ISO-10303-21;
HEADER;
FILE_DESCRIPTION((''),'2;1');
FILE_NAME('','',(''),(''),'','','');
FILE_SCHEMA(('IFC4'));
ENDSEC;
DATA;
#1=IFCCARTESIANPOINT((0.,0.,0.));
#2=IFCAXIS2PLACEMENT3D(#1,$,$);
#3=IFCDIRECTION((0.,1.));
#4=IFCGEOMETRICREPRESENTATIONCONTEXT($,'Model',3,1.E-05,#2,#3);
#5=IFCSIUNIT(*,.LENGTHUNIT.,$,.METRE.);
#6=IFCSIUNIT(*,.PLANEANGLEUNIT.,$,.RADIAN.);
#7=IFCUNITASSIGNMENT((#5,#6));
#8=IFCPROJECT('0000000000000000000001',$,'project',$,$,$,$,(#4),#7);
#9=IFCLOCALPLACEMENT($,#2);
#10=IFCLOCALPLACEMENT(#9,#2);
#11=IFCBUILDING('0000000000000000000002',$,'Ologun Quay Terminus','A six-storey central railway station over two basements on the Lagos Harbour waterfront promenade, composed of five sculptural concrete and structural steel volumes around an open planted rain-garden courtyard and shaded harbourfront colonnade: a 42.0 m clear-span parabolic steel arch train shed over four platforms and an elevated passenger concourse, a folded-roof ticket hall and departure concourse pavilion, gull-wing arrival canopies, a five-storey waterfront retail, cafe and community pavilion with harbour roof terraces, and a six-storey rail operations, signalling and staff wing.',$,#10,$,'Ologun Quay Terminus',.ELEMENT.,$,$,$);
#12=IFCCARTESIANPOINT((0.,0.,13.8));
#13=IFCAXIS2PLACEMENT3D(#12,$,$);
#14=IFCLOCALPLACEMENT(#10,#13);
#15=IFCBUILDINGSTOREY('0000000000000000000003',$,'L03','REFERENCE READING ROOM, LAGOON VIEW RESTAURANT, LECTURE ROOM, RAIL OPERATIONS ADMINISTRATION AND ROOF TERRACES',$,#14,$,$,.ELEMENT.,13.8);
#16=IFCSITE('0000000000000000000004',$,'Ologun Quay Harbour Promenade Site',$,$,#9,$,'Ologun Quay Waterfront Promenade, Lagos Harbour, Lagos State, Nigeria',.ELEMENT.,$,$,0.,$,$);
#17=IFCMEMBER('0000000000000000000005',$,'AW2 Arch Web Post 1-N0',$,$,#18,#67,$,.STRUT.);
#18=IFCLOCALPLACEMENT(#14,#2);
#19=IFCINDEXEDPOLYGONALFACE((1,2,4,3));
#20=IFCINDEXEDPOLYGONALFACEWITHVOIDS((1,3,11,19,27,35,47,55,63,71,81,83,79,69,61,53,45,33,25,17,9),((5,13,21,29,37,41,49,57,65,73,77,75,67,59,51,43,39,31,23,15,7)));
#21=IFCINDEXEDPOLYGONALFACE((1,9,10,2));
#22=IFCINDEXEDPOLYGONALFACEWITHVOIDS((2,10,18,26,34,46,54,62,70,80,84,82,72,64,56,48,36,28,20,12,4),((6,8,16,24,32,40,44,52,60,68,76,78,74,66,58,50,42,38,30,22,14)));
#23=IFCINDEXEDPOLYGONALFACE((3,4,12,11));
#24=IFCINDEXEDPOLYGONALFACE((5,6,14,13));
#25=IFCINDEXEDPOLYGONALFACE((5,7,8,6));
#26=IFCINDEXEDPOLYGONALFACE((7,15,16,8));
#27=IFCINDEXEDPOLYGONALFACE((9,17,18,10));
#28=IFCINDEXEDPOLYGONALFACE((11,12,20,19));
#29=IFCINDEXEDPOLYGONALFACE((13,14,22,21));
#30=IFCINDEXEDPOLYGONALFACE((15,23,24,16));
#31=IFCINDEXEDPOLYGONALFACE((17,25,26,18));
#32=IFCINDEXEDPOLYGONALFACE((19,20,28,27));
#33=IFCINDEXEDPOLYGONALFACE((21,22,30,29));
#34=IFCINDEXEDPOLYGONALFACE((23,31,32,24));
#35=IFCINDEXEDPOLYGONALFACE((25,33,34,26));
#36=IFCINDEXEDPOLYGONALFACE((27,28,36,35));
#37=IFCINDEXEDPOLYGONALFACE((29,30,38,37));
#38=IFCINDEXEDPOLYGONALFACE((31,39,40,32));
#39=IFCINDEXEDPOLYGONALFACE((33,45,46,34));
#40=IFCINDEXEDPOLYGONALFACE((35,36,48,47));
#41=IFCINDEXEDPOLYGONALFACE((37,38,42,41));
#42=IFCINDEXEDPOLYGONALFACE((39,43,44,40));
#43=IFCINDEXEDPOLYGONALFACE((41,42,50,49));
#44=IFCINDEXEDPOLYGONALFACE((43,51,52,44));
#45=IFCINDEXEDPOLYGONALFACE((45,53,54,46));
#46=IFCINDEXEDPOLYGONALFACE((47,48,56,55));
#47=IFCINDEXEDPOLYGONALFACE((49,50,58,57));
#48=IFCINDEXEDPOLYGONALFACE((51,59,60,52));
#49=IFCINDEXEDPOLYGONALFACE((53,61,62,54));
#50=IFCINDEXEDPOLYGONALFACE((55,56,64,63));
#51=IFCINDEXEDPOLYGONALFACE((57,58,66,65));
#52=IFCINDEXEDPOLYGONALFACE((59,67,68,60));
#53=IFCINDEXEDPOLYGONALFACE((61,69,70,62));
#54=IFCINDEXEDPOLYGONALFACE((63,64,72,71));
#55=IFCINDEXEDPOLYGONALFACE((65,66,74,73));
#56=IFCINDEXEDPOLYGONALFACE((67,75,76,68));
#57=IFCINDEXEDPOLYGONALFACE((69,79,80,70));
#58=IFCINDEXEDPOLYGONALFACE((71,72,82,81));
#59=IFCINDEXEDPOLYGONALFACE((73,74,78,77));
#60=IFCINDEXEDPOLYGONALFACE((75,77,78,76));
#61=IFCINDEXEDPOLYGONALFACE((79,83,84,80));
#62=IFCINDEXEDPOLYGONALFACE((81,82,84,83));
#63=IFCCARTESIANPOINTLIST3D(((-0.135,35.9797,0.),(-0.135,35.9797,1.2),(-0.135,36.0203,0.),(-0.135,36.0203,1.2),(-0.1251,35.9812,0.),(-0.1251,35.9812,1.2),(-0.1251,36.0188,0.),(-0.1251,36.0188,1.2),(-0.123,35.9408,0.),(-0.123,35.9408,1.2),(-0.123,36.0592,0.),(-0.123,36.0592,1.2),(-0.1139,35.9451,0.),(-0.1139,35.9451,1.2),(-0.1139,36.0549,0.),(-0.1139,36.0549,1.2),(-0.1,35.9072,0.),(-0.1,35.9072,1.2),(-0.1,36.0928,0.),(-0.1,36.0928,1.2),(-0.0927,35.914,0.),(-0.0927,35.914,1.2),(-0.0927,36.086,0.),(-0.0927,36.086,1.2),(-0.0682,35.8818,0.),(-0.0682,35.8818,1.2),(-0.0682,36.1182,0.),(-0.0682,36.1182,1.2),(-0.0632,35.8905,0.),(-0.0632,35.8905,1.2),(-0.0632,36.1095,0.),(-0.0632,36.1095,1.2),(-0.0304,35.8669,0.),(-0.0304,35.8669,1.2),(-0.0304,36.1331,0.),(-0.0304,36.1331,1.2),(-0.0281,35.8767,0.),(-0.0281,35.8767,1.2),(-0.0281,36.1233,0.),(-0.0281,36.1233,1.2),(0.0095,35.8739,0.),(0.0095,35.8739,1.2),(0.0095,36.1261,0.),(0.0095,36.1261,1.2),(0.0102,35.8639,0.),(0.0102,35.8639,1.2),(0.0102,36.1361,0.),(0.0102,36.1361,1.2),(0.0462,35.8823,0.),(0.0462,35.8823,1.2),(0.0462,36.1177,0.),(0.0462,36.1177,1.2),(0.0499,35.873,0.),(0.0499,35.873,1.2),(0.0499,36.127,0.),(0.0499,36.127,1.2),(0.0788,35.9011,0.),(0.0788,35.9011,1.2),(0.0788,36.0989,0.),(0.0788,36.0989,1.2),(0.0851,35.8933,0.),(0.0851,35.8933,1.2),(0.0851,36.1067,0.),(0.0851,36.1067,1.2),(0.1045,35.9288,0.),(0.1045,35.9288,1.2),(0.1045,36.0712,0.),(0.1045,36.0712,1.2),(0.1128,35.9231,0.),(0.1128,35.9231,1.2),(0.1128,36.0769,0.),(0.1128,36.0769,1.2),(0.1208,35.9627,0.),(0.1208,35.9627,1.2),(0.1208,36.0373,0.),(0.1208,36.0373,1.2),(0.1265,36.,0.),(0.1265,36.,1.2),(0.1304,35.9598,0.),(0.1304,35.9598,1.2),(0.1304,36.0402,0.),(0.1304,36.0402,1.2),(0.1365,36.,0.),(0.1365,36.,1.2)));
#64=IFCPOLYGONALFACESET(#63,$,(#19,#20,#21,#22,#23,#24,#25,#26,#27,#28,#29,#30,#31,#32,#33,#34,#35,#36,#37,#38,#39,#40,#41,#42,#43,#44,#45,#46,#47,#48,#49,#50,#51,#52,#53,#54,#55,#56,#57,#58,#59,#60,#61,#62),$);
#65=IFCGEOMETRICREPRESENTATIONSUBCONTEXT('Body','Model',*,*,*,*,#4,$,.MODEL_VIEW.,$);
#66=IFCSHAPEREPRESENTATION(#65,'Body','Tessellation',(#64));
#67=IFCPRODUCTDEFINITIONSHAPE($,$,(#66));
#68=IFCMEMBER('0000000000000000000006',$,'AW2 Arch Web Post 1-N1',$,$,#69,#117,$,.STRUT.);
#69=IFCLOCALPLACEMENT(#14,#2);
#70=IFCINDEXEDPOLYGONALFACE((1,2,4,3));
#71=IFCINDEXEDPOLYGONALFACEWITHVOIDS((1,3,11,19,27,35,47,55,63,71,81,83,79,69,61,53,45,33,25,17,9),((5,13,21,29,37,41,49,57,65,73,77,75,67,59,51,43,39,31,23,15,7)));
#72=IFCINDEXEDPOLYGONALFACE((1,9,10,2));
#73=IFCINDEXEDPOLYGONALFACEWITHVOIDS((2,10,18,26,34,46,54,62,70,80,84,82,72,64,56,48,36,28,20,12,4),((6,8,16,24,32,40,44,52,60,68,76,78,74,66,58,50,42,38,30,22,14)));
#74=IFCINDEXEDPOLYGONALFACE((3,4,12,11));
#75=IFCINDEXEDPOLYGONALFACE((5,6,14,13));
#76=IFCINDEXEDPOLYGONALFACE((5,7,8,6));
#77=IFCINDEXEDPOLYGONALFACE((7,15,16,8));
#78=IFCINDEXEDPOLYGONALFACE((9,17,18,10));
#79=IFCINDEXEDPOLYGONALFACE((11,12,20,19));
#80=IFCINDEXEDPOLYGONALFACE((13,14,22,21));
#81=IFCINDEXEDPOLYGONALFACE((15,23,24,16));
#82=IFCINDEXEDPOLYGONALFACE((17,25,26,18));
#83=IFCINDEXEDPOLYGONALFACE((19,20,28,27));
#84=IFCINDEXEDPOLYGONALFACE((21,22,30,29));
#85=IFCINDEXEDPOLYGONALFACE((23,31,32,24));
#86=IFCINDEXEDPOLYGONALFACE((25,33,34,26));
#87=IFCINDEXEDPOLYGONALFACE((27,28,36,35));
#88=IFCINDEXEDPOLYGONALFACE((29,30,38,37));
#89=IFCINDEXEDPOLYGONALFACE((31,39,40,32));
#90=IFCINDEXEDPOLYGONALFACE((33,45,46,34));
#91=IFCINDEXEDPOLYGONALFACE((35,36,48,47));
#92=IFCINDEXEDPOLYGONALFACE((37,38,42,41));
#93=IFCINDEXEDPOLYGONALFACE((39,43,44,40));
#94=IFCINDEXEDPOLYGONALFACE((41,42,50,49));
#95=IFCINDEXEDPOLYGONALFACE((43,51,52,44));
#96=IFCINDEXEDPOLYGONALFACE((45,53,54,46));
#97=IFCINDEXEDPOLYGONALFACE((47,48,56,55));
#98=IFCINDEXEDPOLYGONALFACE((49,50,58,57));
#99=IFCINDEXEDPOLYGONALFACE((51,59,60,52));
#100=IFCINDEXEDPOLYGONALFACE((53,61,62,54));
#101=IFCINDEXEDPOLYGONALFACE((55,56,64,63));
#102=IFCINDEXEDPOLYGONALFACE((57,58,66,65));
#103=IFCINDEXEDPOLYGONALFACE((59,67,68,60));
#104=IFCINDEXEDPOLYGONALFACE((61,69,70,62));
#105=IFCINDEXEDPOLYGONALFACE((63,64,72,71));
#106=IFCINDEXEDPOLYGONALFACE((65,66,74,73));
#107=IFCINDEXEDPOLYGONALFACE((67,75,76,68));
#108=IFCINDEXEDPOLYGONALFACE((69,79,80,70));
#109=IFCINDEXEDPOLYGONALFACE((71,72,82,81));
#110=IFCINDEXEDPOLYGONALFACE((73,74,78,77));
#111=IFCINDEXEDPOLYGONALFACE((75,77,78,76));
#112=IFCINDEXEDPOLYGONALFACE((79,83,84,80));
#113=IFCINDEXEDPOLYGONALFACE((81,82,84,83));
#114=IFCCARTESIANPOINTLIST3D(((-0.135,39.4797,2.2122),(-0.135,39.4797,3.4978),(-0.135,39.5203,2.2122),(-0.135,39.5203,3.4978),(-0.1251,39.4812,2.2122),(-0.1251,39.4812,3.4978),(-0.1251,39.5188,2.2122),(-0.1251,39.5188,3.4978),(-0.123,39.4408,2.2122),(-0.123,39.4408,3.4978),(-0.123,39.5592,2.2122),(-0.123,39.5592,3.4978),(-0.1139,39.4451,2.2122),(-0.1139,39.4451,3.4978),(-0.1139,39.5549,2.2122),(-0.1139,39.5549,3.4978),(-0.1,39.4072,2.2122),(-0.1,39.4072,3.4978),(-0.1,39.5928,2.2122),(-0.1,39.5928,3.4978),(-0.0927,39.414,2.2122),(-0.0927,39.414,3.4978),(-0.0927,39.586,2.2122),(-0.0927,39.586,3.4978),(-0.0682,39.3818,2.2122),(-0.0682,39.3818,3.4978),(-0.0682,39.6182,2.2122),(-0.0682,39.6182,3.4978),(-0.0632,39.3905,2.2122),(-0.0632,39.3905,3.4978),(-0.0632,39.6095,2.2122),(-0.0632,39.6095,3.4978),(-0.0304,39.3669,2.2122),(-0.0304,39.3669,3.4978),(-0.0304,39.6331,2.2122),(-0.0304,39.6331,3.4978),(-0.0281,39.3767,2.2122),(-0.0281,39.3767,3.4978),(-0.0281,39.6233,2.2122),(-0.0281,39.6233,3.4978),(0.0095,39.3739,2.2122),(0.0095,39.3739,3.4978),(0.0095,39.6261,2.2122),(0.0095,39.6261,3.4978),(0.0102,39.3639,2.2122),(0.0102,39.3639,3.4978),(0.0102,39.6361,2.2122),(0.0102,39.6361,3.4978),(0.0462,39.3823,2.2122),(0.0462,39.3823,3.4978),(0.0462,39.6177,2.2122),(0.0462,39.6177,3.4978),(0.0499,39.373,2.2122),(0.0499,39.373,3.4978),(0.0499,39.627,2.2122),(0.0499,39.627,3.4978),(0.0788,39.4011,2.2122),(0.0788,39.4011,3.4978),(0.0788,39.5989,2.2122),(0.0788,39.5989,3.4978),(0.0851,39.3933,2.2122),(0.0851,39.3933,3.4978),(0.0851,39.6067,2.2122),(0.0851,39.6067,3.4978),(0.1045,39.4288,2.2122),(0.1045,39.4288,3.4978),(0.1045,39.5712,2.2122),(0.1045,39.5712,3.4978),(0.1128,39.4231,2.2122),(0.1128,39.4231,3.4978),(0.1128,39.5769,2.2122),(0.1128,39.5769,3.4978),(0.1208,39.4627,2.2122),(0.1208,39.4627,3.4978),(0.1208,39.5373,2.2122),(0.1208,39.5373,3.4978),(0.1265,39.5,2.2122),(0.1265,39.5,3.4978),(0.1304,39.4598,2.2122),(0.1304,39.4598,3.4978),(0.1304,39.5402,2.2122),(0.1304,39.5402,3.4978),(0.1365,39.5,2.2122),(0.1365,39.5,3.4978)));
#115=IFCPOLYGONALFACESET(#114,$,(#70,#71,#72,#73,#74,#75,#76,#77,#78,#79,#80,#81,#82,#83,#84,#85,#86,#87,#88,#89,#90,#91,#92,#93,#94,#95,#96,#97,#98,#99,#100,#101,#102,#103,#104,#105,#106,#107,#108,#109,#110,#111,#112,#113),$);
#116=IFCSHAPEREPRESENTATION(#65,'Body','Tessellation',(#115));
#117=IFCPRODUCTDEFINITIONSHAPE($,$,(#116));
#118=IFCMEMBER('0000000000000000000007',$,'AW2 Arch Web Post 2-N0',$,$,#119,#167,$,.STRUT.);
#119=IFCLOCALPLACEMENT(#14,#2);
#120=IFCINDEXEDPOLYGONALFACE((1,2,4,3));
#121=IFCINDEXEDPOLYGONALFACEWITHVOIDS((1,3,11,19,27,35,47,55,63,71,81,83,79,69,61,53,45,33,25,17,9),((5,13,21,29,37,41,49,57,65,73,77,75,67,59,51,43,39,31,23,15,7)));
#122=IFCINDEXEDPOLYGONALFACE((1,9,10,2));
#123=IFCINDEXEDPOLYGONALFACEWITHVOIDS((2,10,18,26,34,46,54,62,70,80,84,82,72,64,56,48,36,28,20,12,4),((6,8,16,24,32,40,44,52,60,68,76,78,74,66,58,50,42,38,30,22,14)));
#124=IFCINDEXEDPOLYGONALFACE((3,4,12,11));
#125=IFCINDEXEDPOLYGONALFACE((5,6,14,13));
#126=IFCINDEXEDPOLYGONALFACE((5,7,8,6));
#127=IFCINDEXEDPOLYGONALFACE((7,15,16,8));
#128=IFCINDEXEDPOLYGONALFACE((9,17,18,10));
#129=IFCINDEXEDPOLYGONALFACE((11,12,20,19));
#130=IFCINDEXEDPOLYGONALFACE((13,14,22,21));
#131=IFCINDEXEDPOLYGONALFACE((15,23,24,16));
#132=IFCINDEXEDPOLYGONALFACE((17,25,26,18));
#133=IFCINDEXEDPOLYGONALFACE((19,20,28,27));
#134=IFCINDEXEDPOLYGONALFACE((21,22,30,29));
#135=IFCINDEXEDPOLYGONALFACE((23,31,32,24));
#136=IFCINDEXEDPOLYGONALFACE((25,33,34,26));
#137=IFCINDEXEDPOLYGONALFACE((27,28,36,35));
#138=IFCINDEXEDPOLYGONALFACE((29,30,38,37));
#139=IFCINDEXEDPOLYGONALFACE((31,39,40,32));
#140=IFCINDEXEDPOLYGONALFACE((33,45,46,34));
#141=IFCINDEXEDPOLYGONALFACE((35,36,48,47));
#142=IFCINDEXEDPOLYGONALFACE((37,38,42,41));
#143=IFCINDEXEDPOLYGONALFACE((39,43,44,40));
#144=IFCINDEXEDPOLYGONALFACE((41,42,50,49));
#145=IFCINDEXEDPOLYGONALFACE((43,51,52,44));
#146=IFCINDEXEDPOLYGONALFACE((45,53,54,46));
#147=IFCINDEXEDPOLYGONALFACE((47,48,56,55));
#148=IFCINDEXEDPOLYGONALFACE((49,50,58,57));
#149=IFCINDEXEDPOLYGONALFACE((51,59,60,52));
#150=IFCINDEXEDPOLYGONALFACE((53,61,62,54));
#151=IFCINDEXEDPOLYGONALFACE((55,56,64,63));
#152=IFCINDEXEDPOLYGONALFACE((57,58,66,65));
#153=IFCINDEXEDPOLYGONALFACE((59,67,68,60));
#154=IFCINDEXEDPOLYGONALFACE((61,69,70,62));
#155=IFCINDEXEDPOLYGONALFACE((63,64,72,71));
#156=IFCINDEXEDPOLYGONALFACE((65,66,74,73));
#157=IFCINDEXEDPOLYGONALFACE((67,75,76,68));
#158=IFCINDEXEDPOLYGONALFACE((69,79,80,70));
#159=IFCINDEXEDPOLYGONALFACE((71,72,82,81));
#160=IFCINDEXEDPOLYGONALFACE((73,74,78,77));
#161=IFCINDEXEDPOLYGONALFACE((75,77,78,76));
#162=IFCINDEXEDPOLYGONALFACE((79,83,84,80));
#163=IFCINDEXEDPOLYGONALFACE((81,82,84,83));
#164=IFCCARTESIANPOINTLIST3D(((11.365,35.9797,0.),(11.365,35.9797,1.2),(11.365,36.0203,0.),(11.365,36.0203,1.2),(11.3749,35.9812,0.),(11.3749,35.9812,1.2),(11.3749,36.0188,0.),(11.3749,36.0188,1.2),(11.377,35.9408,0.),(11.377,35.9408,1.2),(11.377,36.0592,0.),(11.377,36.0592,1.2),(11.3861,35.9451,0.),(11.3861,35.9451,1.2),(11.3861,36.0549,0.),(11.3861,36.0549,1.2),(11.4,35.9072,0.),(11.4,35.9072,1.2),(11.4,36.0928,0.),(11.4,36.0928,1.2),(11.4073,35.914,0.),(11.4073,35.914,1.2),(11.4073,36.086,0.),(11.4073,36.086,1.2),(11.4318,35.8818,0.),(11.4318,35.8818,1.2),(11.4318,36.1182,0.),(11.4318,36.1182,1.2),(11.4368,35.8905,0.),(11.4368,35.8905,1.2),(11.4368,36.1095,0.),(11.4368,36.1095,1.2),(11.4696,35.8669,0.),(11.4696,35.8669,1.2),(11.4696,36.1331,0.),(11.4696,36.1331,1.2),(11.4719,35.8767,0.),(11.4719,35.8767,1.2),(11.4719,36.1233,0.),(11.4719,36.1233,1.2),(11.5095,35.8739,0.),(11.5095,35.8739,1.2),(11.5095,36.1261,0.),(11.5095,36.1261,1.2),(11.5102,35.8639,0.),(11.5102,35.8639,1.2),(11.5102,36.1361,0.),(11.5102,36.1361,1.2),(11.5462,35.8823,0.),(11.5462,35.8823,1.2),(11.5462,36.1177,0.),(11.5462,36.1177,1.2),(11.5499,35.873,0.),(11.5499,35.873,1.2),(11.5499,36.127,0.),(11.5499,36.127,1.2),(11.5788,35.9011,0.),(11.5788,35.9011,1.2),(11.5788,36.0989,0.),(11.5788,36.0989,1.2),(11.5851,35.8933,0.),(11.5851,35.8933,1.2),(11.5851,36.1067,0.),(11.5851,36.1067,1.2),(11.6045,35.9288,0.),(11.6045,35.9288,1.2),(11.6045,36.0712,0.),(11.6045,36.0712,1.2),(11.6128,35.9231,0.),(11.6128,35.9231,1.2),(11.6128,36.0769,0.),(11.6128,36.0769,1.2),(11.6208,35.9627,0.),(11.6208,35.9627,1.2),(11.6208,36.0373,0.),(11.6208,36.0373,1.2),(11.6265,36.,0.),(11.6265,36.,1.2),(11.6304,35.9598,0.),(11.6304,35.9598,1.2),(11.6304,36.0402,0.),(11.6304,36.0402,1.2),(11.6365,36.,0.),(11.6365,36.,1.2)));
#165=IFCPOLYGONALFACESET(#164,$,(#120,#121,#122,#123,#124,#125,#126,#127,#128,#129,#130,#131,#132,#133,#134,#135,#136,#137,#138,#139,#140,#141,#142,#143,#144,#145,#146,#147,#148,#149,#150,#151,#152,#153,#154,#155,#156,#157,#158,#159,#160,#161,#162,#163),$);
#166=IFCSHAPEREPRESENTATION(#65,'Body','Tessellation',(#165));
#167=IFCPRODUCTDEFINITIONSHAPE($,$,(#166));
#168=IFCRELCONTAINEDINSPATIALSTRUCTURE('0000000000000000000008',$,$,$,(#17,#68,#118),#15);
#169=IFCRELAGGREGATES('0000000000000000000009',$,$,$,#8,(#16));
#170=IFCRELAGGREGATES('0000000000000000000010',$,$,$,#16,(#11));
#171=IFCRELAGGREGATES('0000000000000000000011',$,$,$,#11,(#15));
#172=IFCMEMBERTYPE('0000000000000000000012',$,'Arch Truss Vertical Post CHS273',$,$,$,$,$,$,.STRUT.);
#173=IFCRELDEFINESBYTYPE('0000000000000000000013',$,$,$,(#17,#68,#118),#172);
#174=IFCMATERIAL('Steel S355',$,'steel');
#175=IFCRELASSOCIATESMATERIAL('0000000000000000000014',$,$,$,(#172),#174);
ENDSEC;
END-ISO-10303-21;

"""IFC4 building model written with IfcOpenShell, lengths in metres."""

from ifc_helpers import new_model, si_unit, direction, frame, origin, origin_2d, place, context, subcontext, project, spatial, hollow_circle, extrude, material, material_profile, profile_set, type_object, element, save


model = new_model("IFC4")

# Units and contexts
model_context = context("Model", 3, precision=1e-05, world=origin(), true_north=direction((0.0, 1.0)))
body_context = subcontext(model_context, "Body", "Model", "MODEL_VIEW")
ifc_project = project(units=[si_unit("LENGTHUNIT", "METRE"), si_unit("PLANEANGLEUNIT", "RADIAN")], contexts=[model_context])

# Site, building, storey
site_placement = place(None, origin())
site = spatial("IfcSite", under=ifc_project, at=site_placement, Name="Ologun Quay Harbour Promenade Site", LongName="Ologun Quay Waterfront Promenade, Lagos Harbour, Lagos State, Nigeria", CompositionType="ELEMENT", RefElevation=0.0)
building_placement = place(site_placement, origin())
building = spatial("IfcBuilding", under=site, at=building_placement, Name="Ologun Quay Terminus", Description="A six-storey central railway station over two basements on the Lagos Harbour waterfront promenade, composed of five sculptural concrete and structural steel volumes around an open planted rain-garden courtyard and shaded harbourfront colonnade: a 42.0 m clear-span parabolic steel arch train shed over four platforms and an elevated passenger concourse, a folded-roof ticket hall and departure concourse pavilion, gull-wing arrival canopies, a five-storey waterfront retail, cafe and community pavilion with harbour roof terraces, and a six-storey rail operations, signalling and staff wing.", LongName="Ologun Quay Terminus", CompositionType="ELEMENT")
storey_placement = place(building_placement, frame((0.0, 0.0, 13.8)))
storey = spatial("IfcBuildingStorey", under=building, at=storey_placement, Name="L03", Description="REFERENCE READING ROOM, LAGOON VIEW RESTAURANT, LECTURE ROOM, RAIL OPERATIONS ADMINISTRATION AND ROOF TERRACES", CompositionType="ELEMENT", Elevation=13.8)

# Members
ifc_material_1 = material(Name="Steel S355", Category="steel")
ifc_material_profile_1 = material_profile(ifc_material_1, hollow_circle(Radius=0.1365, WallThickness=0.01, at=origin_2d()), Name="CHS 273x10")
ifc_profile_set_1 = profile_set([ifc_material_profile_1], Name="Steel S355")
member_type_1 = type_object("IfcMemberType", Name="Arch Truss Vertical Post CHS273", PredefinedType="STRUT", material=ifc_profile_set_1)
member_1_placement = place(storey_placement, frame((0.0, 36.0, 0.0), z_axis=(0.0, 0.0, 1.0), x_axis=(1.0, 0.0, 0.0)))
element("IfcMember", 1, at=member_1_placement, inside=storey, type_object=member_type_1, Name="AW2 Arch Web Post 1-N0", PredefinedType="STRUT", context=body_context, shape_type="SweptSolid", body=[
    extrude(hollow_circle(Radius=0.1365, WallThickness=0.01, at=origin_2d()), origin(), (0.0, 0.0, 1.0), 1.2),
])
member_2_placement = place(storey_placement, frame((0.0, 39.5, 2.2122), z_axis=(0.0, 0.0, 1.0), x_axis=(1.0, 0.0, 0.0)))
element("IfcMember", 2, at=member_2_placement, inside=storey, type_object=member_type_1, Name="AW2 Arch Web Post 1-N1", PredefinedType="STRUT", context=body_context, shape_type="SweptSolid", body=[
    extrude(hollow_circle(Radius=0.1365, WallThickness=0.01, at=origin_2d()), origin(), (0.0, 0.0, 1.0), 1.2856),
])
for number, where, z_axis, x_axis, name in (
    (3, (11.5, 36.0, 0.0), (0.0, 0.0, 1.0), (1.0, 0.0, 0.0), "AW2 Arch Web Post 2-N0"),
):
    element("IfcMember", number, at=place(storey_placement, frame(where, z_axis=z_axis, x_axis=x_axis)), inside=storey, type_object=member_type_1, Name=name, PredefinedType="STRUT", context=body_context, shape_type="SweptSolid", body=[
        extrude(hollow_circle(Radius=0.1365, WallThickness=0.01, at=origin_2d()), origin(), (0.0, 0.0, 1.0), 1.2),
    ])

save(model, "model.ifc")
